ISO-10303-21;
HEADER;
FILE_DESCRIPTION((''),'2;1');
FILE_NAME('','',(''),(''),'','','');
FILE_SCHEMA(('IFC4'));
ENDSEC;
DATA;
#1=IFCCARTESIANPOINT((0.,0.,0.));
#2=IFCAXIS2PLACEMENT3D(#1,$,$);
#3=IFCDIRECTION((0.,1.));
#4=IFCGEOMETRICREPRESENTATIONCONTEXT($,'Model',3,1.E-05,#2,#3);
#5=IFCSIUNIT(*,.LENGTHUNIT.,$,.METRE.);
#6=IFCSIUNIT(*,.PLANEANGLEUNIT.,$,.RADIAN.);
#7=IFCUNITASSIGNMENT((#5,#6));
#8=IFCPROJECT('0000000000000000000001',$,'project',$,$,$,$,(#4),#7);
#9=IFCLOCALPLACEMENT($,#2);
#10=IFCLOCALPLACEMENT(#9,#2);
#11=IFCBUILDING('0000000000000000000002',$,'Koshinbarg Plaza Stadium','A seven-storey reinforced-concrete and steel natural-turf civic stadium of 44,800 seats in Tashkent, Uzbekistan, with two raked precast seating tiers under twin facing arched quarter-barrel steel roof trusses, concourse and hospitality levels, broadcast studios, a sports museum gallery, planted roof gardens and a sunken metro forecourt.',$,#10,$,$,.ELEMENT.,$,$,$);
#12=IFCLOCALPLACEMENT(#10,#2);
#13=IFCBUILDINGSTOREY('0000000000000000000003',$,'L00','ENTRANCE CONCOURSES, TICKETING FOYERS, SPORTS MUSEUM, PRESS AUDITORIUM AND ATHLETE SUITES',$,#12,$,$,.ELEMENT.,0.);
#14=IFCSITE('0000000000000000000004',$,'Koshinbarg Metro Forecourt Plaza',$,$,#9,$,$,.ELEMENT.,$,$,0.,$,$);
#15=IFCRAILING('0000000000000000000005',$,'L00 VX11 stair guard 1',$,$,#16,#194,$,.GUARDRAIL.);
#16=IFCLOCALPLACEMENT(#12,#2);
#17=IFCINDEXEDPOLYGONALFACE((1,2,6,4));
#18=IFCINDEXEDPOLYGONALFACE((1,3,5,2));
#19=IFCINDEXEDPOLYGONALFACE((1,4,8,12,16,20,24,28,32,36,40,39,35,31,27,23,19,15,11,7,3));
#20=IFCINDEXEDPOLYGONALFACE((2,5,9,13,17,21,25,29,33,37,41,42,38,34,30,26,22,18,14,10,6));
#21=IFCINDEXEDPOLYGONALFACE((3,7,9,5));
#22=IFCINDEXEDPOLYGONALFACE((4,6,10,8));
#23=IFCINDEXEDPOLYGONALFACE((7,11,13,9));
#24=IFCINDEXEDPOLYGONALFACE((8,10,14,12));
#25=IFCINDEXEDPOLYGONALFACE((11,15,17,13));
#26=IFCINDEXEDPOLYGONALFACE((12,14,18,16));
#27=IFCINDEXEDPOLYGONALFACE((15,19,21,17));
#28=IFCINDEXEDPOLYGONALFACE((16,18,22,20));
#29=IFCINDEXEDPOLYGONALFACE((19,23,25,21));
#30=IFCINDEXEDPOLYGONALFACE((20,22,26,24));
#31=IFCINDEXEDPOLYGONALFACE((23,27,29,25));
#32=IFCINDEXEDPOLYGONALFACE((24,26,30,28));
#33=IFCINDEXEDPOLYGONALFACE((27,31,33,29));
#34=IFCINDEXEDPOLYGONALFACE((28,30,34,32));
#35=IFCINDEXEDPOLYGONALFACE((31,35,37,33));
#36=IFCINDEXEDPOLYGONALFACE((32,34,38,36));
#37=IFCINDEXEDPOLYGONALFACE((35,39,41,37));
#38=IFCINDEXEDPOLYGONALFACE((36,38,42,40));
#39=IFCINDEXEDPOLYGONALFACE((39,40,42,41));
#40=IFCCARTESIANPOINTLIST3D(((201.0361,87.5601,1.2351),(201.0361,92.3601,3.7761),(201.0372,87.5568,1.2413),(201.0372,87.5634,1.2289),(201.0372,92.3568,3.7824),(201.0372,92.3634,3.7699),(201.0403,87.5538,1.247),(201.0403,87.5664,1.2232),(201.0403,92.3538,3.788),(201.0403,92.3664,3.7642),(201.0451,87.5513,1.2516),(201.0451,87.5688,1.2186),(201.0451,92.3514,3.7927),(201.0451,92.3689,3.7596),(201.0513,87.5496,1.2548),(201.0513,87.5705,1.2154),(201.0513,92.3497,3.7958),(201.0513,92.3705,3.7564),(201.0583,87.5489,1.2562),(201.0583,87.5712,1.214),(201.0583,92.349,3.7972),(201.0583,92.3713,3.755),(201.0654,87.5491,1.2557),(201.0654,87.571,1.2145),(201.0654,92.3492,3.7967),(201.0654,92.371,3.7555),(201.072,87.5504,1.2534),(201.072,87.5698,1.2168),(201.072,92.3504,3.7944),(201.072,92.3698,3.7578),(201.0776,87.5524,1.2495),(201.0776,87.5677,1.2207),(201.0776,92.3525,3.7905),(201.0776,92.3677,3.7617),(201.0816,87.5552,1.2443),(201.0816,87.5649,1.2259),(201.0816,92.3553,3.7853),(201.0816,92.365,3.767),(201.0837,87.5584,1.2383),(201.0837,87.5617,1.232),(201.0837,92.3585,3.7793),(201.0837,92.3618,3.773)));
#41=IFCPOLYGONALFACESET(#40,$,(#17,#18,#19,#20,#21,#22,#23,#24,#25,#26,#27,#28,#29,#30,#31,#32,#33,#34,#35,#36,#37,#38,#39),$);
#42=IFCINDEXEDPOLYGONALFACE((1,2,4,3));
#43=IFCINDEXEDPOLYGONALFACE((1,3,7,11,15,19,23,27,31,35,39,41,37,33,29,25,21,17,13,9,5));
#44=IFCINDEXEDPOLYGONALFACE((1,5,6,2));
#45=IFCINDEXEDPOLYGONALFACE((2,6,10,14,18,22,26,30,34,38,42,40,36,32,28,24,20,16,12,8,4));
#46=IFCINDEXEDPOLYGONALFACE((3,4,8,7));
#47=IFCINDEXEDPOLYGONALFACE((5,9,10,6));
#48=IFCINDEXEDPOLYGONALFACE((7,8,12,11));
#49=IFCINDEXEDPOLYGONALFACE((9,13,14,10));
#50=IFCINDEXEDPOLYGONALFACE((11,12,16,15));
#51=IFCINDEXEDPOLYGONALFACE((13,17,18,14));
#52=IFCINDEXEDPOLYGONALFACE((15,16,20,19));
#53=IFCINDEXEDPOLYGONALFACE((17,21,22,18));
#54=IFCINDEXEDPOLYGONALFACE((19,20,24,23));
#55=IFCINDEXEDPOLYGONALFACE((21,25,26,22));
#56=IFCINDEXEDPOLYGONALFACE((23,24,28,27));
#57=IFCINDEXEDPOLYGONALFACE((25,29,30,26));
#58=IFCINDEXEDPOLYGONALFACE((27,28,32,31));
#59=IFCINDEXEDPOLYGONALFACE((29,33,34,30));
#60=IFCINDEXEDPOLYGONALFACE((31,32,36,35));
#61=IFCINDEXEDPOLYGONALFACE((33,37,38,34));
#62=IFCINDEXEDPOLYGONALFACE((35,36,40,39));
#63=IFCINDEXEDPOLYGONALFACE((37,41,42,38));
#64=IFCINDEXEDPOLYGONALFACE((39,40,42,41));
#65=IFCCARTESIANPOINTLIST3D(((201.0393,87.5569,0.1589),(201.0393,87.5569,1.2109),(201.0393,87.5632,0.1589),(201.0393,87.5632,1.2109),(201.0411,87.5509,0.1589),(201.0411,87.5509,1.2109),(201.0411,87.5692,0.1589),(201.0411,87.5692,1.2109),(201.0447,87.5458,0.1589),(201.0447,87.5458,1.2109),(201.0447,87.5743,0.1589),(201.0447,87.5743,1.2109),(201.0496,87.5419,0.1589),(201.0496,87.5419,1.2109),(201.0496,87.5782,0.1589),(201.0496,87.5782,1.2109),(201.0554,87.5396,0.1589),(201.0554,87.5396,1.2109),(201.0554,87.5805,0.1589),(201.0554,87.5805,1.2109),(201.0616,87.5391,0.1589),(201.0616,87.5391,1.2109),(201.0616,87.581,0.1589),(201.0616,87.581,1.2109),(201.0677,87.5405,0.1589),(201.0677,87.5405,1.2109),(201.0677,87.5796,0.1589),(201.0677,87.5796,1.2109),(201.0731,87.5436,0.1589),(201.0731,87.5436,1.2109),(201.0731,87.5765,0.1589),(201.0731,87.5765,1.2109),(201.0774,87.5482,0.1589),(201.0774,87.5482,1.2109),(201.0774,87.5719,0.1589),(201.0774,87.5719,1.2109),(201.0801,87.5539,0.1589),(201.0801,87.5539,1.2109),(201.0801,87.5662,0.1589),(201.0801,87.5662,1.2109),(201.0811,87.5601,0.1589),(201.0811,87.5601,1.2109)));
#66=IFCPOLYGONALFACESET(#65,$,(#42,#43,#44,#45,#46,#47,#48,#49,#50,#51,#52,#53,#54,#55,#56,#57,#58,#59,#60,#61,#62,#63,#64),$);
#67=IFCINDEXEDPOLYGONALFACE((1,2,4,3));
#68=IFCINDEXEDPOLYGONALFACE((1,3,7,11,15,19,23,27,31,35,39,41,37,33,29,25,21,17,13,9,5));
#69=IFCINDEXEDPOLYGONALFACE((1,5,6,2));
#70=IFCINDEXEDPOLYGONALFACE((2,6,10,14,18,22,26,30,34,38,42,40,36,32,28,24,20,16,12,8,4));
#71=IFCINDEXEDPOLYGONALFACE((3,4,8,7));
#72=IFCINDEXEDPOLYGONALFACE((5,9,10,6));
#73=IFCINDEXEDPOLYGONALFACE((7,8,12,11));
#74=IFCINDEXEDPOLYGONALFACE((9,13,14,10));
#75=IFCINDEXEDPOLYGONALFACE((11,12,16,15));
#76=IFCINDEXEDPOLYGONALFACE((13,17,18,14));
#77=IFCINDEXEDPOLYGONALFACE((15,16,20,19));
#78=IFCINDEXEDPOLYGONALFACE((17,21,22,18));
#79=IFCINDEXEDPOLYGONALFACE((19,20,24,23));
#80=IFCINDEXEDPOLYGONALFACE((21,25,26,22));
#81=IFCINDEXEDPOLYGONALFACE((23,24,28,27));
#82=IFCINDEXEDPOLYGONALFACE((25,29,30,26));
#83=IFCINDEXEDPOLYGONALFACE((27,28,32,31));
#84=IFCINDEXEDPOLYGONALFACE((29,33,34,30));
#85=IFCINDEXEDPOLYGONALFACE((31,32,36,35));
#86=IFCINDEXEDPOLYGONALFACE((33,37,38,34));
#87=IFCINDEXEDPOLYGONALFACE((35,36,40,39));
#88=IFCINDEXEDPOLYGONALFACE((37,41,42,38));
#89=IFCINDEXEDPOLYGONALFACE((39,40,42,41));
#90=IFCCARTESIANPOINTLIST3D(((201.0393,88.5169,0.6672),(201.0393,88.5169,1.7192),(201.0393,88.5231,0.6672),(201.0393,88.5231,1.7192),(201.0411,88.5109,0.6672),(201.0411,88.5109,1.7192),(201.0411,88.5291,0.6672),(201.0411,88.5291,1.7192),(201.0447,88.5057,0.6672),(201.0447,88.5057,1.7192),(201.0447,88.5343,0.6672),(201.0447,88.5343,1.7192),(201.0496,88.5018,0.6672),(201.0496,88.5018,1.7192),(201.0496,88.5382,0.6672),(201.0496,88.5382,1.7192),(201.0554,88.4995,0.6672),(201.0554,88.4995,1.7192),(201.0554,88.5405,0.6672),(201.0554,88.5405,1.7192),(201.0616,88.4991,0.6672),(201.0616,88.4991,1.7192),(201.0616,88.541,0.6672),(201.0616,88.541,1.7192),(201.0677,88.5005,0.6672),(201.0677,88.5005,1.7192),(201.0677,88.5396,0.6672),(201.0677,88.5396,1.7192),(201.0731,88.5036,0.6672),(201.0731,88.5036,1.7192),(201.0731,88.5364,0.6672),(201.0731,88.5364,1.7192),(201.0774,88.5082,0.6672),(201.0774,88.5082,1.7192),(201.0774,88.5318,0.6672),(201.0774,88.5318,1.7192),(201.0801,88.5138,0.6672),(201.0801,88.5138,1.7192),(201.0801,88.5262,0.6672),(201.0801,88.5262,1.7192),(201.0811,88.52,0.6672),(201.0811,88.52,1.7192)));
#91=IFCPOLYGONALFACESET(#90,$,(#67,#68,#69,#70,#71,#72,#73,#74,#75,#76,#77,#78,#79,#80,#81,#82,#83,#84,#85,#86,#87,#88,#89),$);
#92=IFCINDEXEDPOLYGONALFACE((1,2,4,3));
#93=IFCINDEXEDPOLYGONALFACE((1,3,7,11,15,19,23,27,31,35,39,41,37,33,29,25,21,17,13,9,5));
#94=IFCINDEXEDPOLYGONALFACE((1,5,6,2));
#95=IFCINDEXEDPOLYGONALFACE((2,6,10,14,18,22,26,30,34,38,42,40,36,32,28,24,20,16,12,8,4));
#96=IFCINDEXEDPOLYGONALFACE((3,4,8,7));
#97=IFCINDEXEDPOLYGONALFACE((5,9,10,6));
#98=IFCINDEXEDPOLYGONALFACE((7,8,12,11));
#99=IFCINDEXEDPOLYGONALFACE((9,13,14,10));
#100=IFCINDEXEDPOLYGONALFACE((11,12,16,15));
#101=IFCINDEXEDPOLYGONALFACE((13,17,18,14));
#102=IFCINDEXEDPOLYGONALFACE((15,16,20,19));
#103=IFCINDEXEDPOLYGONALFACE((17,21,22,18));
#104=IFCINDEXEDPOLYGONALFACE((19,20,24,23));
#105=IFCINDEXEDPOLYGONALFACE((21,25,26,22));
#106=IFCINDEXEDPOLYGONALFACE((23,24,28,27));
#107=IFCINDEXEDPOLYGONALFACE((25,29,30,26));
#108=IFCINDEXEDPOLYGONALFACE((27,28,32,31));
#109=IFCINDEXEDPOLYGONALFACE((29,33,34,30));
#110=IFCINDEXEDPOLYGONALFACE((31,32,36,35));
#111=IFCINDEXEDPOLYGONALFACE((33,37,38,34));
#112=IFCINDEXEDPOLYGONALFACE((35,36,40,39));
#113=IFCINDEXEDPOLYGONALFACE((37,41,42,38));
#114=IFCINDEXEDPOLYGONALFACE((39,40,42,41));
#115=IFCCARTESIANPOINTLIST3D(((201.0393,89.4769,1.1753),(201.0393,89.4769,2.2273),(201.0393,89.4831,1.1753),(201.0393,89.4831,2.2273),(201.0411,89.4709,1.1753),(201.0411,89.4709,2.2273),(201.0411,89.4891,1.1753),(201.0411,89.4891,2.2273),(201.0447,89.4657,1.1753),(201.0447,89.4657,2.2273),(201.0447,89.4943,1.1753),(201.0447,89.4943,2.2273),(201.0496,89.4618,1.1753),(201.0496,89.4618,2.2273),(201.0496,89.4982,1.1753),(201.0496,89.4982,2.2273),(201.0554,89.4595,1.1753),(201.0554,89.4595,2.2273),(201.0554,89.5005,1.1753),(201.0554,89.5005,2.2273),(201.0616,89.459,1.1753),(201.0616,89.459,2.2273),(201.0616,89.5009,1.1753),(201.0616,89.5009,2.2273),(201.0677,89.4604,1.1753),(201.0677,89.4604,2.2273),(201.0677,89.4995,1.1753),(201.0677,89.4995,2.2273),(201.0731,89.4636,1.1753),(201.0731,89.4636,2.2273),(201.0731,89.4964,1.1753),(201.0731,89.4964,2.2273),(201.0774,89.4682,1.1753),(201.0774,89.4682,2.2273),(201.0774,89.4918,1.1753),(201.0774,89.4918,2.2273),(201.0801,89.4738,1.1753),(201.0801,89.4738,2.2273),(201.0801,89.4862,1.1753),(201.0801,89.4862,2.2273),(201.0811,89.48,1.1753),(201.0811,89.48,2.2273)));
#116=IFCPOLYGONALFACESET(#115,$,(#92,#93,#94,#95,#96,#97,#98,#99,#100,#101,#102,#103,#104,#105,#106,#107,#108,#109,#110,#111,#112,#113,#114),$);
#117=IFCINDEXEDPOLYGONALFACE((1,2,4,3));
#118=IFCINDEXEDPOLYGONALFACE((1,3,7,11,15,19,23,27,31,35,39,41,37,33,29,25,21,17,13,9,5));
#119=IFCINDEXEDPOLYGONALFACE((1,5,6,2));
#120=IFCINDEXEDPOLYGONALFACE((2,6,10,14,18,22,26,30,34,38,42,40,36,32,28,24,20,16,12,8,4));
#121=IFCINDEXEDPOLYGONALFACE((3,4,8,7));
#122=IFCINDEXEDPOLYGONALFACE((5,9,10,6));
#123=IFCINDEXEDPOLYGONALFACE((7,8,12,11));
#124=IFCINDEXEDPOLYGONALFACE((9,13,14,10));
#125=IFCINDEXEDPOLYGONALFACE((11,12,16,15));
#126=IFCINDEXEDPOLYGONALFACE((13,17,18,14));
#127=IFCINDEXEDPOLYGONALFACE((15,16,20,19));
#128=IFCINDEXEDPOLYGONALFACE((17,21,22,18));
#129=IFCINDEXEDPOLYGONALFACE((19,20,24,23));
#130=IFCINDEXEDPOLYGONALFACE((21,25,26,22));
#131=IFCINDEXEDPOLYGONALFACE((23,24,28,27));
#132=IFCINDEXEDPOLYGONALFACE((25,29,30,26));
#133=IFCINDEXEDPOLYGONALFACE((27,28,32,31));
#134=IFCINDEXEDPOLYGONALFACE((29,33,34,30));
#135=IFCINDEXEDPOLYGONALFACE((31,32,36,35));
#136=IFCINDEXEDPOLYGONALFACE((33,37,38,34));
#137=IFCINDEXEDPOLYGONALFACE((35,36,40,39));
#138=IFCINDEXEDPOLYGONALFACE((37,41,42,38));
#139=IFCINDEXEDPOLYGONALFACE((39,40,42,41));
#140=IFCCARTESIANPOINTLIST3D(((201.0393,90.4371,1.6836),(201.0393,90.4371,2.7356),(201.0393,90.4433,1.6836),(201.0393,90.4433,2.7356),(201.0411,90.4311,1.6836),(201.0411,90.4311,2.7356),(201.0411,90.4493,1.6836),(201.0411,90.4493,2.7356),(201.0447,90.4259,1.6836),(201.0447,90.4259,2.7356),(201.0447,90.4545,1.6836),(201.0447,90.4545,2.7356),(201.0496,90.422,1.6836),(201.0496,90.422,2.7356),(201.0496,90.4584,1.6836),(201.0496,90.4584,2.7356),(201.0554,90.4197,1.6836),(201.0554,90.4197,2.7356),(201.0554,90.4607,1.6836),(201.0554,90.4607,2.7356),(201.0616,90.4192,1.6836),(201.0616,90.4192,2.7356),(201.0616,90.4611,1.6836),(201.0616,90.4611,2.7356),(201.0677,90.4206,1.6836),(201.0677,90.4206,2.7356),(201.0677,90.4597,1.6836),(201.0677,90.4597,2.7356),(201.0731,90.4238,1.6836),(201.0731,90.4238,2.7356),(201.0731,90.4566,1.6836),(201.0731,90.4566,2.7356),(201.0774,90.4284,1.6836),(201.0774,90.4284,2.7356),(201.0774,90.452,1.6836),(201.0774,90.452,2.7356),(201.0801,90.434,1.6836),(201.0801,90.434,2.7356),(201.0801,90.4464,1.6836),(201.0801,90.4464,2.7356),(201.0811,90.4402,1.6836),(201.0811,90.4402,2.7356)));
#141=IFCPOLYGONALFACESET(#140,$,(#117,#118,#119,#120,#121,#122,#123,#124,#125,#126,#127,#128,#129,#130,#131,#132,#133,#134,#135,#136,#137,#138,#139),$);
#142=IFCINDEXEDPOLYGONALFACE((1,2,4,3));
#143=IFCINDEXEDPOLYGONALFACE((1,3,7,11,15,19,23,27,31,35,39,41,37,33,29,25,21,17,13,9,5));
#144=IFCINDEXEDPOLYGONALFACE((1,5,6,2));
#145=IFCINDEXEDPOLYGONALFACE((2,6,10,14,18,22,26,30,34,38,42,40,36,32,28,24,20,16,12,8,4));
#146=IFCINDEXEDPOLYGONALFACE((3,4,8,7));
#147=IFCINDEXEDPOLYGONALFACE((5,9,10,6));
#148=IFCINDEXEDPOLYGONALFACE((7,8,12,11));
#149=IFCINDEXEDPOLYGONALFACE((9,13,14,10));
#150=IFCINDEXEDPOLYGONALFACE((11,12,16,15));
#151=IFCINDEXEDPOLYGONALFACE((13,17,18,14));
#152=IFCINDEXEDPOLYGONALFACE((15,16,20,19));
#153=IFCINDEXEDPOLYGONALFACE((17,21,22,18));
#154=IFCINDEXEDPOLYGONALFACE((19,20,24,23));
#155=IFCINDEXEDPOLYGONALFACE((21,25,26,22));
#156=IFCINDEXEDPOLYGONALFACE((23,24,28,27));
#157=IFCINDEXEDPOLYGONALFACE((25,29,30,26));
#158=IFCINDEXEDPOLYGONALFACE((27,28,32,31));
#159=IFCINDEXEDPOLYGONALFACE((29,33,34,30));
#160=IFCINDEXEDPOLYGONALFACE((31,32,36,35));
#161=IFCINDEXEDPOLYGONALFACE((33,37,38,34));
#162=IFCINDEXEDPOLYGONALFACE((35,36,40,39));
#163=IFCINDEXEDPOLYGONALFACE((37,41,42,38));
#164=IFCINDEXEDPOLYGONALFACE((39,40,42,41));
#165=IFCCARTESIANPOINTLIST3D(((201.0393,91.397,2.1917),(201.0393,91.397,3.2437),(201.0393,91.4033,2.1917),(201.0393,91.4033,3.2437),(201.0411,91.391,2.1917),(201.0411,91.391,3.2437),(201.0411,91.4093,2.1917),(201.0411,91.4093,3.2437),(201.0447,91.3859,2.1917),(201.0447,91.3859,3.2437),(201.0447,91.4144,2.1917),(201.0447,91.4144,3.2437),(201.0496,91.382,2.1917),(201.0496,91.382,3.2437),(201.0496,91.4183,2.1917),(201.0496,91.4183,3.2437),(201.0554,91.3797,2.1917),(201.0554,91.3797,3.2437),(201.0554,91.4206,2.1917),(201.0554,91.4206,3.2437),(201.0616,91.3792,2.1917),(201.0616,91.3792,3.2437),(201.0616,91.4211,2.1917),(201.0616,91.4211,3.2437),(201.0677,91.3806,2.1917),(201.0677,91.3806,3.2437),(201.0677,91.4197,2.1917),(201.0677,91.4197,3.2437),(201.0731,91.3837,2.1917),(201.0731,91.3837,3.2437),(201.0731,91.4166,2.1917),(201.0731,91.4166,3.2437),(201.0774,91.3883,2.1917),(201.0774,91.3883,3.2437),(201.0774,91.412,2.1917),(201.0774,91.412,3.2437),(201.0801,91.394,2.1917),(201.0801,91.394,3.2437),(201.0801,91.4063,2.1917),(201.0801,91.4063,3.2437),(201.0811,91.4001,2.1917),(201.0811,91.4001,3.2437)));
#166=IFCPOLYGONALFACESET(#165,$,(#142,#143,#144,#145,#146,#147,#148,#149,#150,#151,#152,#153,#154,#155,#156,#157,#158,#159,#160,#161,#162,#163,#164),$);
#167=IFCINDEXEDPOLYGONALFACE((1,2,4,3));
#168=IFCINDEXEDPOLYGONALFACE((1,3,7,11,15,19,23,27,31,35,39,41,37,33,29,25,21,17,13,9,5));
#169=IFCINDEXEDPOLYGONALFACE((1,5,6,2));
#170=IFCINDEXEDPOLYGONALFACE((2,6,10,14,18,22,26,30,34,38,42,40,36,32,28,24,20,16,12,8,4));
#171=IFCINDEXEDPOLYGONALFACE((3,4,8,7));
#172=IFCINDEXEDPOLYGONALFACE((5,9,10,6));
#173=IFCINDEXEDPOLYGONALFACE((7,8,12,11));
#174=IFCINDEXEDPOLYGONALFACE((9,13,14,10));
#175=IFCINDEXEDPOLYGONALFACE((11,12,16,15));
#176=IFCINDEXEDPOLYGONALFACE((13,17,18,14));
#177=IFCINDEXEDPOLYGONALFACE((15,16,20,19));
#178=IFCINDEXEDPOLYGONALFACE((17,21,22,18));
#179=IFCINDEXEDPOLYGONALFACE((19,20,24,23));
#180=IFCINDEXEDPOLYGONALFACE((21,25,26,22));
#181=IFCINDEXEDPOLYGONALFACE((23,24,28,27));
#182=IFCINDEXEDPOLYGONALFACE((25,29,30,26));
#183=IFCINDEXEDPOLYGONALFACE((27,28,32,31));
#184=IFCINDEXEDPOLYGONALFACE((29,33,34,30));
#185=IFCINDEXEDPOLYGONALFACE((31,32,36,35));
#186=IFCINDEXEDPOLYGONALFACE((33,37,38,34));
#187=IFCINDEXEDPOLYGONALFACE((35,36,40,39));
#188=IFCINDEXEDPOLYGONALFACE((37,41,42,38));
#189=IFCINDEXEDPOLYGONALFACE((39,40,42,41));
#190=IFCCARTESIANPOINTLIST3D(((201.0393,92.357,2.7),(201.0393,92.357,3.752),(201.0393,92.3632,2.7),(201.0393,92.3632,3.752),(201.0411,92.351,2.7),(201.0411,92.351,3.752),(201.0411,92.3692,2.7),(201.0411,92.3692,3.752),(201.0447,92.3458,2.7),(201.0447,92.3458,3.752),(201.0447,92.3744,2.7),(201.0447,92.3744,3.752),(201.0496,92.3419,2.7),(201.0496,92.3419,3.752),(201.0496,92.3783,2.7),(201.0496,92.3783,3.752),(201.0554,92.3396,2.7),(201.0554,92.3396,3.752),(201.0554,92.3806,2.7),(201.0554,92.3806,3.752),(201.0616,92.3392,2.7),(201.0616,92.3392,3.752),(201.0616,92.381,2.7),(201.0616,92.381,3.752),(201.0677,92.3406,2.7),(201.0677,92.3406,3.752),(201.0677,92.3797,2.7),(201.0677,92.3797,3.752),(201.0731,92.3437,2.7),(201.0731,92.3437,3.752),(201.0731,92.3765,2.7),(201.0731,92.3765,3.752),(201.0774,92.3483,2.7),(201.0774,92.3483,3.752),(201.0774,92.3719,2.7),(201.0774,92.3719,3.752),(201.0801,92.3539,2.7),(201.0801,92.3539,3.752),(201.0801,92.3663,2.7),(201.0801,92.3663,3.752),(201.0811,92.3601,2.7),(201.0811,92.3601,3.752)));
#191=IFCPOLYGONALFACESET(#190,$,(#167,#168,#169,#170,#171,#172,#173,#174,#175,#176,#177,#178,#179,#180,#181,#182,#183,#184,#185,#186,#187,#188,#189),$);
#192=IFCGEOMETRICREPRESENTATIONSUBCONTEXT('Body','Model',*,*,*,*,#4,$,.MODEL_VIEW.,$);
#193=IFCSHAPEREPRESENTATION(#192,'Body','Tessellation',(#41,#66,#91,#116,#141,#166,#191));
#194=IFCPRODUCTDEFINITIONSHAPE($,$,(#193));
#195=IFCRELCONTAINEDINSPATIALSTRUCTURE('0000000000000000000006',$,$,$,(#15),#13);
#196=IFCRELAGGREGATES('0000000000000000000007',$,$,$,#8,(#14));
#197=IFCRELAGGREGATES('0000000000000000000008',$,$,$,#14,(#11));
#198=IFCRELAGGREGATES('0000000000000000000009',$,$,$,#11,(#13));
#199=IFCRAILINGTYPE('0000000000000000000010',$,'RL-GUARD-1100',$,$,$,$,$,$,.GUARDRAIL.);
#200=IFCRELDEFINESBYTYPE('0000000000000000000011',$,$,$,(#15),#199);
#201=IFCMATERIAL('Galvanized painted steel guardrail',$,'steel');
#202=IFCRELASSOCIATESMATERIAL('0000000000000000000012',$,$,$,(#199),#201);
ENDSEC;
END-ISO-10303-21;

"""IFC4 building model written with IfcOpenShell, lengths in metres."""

from ifc_helpers import new_model, si_unit, direction, frame, origin, origin_2d, place, context, subcontext, project, spatial, circle, extrude, material, type_object, element, save


model = new_model("IFC4")

# Units and contexts
model_context = context("Model", 3, precision=1e-05, world=origin(), true_north=direction((0.0, 1.0)))
body_context = subcontext(model_context, "Body", "Model", "MODEL_VIEW")
ifc_project = project(units=[si_unit("LENGTHUNIT", "METRE"), si_unit("PLANEANGLEUNIT", "RADIAN")], contexts=[model_context])

# Site, building, storey
site_placement = place(None, origin())
site = spatial("IfcSite", under=ifc_project, at=site_placement, Name="Koshinbarg Metro Forecourt Plaza", CompositionType="ELEMENT", RefElevation=0.0)
building_placement = place(site_placement, origin())
building = spatial("IfcBuilding", under=site, at=building_placement, Name="Koshinbarg Plaza Stadium", Description="A seven-storey reinforced-concrete and steel natural-turf civic stadium of 44,800 seats in Tashkent, Uzbekistan, with two raked precast seating tiers under twin facing arched quarter-barrel steel roof trusses, concourse and hospitality levels, broadcast studios, a sports museum gallery, planted roof gardens and a sunken metro forecourt.", CompositionType="ELEMENT")
storey_placement = place(building_placement, origin())
storey = spatial("IfcBuildingStorey", under=building, at=storey_placement, Name="L00", Description="ENTRANCE CONCOURSES, TICKETING FOYERS, SPORTS MUSEUM, PRESS AUDITORIUM AND ATHLETE SUITES", CompositionType="ELEMENT", Elevation=0.0)

# Railing
ifc_material_1 = material(Name="Galvanized painted steel guardrail", Category="steel")
railing_type_1 = type_object("IfcRailingType", Name="RL-GUARD-1100", PredefinedType="GUARDRAIL", material=ifc_material_1)
railing_1_placement = place(storey_placement, frame((201.0601, 87.5601, 0.1589)))
element("IfcRailing", 1, at=railing_1_placement, inside=storey, type_object=railing_type_1, Name="L00 VX11 stair guard 1", PredefinedType="GUARDRAIL", context=body_context, shape_type="SweptSolid", body=[
    extrude(circle(Radius=0.0239, at=origin_2d()), frame((0.0, 0.0, 1.0762), z_axis=(0.0, 0.883802, 0.467861), x_axis=(-1.0, 0.0, 0.0)), (0.0, 0.0, 1.0), 5.4312),
    extrude(circle(Radius=0.021, at=origin_2d()), origin(), (0.0, 0.0, 1.0), 1.052),
    extrude(circle(Radius=0.021, at=origin_2d()), frame((0.0, 0.96, 0.5083)), (0.0, 0.0, 1.0), 1.052),
    extrude(circle(Radius=0.021, at=origin_2d()), frame((0.0, 1.9199, 1.0164)), (0.0, 0.0, 1.0), 1.052),
    extrude(circle(Radius=0.021, at=origin_2d()), frame((0.0, 2.8801, 1.5247)), (0.0, 0.0, 1.0), 1.052),
    extrude(circle(Radius=0.021, at=origin_2d()), frame((0.0, 3.8401, 2.0327)), (0.0, 0.0, 1.0), 1.052),
    extrude(circle(Radius=0.021, at=origin_2d()), frame((0.0, 4.8, 2.541)), (0.0, 0.0, 1.0), 1.052),
])

save(model, "model.ifc")
